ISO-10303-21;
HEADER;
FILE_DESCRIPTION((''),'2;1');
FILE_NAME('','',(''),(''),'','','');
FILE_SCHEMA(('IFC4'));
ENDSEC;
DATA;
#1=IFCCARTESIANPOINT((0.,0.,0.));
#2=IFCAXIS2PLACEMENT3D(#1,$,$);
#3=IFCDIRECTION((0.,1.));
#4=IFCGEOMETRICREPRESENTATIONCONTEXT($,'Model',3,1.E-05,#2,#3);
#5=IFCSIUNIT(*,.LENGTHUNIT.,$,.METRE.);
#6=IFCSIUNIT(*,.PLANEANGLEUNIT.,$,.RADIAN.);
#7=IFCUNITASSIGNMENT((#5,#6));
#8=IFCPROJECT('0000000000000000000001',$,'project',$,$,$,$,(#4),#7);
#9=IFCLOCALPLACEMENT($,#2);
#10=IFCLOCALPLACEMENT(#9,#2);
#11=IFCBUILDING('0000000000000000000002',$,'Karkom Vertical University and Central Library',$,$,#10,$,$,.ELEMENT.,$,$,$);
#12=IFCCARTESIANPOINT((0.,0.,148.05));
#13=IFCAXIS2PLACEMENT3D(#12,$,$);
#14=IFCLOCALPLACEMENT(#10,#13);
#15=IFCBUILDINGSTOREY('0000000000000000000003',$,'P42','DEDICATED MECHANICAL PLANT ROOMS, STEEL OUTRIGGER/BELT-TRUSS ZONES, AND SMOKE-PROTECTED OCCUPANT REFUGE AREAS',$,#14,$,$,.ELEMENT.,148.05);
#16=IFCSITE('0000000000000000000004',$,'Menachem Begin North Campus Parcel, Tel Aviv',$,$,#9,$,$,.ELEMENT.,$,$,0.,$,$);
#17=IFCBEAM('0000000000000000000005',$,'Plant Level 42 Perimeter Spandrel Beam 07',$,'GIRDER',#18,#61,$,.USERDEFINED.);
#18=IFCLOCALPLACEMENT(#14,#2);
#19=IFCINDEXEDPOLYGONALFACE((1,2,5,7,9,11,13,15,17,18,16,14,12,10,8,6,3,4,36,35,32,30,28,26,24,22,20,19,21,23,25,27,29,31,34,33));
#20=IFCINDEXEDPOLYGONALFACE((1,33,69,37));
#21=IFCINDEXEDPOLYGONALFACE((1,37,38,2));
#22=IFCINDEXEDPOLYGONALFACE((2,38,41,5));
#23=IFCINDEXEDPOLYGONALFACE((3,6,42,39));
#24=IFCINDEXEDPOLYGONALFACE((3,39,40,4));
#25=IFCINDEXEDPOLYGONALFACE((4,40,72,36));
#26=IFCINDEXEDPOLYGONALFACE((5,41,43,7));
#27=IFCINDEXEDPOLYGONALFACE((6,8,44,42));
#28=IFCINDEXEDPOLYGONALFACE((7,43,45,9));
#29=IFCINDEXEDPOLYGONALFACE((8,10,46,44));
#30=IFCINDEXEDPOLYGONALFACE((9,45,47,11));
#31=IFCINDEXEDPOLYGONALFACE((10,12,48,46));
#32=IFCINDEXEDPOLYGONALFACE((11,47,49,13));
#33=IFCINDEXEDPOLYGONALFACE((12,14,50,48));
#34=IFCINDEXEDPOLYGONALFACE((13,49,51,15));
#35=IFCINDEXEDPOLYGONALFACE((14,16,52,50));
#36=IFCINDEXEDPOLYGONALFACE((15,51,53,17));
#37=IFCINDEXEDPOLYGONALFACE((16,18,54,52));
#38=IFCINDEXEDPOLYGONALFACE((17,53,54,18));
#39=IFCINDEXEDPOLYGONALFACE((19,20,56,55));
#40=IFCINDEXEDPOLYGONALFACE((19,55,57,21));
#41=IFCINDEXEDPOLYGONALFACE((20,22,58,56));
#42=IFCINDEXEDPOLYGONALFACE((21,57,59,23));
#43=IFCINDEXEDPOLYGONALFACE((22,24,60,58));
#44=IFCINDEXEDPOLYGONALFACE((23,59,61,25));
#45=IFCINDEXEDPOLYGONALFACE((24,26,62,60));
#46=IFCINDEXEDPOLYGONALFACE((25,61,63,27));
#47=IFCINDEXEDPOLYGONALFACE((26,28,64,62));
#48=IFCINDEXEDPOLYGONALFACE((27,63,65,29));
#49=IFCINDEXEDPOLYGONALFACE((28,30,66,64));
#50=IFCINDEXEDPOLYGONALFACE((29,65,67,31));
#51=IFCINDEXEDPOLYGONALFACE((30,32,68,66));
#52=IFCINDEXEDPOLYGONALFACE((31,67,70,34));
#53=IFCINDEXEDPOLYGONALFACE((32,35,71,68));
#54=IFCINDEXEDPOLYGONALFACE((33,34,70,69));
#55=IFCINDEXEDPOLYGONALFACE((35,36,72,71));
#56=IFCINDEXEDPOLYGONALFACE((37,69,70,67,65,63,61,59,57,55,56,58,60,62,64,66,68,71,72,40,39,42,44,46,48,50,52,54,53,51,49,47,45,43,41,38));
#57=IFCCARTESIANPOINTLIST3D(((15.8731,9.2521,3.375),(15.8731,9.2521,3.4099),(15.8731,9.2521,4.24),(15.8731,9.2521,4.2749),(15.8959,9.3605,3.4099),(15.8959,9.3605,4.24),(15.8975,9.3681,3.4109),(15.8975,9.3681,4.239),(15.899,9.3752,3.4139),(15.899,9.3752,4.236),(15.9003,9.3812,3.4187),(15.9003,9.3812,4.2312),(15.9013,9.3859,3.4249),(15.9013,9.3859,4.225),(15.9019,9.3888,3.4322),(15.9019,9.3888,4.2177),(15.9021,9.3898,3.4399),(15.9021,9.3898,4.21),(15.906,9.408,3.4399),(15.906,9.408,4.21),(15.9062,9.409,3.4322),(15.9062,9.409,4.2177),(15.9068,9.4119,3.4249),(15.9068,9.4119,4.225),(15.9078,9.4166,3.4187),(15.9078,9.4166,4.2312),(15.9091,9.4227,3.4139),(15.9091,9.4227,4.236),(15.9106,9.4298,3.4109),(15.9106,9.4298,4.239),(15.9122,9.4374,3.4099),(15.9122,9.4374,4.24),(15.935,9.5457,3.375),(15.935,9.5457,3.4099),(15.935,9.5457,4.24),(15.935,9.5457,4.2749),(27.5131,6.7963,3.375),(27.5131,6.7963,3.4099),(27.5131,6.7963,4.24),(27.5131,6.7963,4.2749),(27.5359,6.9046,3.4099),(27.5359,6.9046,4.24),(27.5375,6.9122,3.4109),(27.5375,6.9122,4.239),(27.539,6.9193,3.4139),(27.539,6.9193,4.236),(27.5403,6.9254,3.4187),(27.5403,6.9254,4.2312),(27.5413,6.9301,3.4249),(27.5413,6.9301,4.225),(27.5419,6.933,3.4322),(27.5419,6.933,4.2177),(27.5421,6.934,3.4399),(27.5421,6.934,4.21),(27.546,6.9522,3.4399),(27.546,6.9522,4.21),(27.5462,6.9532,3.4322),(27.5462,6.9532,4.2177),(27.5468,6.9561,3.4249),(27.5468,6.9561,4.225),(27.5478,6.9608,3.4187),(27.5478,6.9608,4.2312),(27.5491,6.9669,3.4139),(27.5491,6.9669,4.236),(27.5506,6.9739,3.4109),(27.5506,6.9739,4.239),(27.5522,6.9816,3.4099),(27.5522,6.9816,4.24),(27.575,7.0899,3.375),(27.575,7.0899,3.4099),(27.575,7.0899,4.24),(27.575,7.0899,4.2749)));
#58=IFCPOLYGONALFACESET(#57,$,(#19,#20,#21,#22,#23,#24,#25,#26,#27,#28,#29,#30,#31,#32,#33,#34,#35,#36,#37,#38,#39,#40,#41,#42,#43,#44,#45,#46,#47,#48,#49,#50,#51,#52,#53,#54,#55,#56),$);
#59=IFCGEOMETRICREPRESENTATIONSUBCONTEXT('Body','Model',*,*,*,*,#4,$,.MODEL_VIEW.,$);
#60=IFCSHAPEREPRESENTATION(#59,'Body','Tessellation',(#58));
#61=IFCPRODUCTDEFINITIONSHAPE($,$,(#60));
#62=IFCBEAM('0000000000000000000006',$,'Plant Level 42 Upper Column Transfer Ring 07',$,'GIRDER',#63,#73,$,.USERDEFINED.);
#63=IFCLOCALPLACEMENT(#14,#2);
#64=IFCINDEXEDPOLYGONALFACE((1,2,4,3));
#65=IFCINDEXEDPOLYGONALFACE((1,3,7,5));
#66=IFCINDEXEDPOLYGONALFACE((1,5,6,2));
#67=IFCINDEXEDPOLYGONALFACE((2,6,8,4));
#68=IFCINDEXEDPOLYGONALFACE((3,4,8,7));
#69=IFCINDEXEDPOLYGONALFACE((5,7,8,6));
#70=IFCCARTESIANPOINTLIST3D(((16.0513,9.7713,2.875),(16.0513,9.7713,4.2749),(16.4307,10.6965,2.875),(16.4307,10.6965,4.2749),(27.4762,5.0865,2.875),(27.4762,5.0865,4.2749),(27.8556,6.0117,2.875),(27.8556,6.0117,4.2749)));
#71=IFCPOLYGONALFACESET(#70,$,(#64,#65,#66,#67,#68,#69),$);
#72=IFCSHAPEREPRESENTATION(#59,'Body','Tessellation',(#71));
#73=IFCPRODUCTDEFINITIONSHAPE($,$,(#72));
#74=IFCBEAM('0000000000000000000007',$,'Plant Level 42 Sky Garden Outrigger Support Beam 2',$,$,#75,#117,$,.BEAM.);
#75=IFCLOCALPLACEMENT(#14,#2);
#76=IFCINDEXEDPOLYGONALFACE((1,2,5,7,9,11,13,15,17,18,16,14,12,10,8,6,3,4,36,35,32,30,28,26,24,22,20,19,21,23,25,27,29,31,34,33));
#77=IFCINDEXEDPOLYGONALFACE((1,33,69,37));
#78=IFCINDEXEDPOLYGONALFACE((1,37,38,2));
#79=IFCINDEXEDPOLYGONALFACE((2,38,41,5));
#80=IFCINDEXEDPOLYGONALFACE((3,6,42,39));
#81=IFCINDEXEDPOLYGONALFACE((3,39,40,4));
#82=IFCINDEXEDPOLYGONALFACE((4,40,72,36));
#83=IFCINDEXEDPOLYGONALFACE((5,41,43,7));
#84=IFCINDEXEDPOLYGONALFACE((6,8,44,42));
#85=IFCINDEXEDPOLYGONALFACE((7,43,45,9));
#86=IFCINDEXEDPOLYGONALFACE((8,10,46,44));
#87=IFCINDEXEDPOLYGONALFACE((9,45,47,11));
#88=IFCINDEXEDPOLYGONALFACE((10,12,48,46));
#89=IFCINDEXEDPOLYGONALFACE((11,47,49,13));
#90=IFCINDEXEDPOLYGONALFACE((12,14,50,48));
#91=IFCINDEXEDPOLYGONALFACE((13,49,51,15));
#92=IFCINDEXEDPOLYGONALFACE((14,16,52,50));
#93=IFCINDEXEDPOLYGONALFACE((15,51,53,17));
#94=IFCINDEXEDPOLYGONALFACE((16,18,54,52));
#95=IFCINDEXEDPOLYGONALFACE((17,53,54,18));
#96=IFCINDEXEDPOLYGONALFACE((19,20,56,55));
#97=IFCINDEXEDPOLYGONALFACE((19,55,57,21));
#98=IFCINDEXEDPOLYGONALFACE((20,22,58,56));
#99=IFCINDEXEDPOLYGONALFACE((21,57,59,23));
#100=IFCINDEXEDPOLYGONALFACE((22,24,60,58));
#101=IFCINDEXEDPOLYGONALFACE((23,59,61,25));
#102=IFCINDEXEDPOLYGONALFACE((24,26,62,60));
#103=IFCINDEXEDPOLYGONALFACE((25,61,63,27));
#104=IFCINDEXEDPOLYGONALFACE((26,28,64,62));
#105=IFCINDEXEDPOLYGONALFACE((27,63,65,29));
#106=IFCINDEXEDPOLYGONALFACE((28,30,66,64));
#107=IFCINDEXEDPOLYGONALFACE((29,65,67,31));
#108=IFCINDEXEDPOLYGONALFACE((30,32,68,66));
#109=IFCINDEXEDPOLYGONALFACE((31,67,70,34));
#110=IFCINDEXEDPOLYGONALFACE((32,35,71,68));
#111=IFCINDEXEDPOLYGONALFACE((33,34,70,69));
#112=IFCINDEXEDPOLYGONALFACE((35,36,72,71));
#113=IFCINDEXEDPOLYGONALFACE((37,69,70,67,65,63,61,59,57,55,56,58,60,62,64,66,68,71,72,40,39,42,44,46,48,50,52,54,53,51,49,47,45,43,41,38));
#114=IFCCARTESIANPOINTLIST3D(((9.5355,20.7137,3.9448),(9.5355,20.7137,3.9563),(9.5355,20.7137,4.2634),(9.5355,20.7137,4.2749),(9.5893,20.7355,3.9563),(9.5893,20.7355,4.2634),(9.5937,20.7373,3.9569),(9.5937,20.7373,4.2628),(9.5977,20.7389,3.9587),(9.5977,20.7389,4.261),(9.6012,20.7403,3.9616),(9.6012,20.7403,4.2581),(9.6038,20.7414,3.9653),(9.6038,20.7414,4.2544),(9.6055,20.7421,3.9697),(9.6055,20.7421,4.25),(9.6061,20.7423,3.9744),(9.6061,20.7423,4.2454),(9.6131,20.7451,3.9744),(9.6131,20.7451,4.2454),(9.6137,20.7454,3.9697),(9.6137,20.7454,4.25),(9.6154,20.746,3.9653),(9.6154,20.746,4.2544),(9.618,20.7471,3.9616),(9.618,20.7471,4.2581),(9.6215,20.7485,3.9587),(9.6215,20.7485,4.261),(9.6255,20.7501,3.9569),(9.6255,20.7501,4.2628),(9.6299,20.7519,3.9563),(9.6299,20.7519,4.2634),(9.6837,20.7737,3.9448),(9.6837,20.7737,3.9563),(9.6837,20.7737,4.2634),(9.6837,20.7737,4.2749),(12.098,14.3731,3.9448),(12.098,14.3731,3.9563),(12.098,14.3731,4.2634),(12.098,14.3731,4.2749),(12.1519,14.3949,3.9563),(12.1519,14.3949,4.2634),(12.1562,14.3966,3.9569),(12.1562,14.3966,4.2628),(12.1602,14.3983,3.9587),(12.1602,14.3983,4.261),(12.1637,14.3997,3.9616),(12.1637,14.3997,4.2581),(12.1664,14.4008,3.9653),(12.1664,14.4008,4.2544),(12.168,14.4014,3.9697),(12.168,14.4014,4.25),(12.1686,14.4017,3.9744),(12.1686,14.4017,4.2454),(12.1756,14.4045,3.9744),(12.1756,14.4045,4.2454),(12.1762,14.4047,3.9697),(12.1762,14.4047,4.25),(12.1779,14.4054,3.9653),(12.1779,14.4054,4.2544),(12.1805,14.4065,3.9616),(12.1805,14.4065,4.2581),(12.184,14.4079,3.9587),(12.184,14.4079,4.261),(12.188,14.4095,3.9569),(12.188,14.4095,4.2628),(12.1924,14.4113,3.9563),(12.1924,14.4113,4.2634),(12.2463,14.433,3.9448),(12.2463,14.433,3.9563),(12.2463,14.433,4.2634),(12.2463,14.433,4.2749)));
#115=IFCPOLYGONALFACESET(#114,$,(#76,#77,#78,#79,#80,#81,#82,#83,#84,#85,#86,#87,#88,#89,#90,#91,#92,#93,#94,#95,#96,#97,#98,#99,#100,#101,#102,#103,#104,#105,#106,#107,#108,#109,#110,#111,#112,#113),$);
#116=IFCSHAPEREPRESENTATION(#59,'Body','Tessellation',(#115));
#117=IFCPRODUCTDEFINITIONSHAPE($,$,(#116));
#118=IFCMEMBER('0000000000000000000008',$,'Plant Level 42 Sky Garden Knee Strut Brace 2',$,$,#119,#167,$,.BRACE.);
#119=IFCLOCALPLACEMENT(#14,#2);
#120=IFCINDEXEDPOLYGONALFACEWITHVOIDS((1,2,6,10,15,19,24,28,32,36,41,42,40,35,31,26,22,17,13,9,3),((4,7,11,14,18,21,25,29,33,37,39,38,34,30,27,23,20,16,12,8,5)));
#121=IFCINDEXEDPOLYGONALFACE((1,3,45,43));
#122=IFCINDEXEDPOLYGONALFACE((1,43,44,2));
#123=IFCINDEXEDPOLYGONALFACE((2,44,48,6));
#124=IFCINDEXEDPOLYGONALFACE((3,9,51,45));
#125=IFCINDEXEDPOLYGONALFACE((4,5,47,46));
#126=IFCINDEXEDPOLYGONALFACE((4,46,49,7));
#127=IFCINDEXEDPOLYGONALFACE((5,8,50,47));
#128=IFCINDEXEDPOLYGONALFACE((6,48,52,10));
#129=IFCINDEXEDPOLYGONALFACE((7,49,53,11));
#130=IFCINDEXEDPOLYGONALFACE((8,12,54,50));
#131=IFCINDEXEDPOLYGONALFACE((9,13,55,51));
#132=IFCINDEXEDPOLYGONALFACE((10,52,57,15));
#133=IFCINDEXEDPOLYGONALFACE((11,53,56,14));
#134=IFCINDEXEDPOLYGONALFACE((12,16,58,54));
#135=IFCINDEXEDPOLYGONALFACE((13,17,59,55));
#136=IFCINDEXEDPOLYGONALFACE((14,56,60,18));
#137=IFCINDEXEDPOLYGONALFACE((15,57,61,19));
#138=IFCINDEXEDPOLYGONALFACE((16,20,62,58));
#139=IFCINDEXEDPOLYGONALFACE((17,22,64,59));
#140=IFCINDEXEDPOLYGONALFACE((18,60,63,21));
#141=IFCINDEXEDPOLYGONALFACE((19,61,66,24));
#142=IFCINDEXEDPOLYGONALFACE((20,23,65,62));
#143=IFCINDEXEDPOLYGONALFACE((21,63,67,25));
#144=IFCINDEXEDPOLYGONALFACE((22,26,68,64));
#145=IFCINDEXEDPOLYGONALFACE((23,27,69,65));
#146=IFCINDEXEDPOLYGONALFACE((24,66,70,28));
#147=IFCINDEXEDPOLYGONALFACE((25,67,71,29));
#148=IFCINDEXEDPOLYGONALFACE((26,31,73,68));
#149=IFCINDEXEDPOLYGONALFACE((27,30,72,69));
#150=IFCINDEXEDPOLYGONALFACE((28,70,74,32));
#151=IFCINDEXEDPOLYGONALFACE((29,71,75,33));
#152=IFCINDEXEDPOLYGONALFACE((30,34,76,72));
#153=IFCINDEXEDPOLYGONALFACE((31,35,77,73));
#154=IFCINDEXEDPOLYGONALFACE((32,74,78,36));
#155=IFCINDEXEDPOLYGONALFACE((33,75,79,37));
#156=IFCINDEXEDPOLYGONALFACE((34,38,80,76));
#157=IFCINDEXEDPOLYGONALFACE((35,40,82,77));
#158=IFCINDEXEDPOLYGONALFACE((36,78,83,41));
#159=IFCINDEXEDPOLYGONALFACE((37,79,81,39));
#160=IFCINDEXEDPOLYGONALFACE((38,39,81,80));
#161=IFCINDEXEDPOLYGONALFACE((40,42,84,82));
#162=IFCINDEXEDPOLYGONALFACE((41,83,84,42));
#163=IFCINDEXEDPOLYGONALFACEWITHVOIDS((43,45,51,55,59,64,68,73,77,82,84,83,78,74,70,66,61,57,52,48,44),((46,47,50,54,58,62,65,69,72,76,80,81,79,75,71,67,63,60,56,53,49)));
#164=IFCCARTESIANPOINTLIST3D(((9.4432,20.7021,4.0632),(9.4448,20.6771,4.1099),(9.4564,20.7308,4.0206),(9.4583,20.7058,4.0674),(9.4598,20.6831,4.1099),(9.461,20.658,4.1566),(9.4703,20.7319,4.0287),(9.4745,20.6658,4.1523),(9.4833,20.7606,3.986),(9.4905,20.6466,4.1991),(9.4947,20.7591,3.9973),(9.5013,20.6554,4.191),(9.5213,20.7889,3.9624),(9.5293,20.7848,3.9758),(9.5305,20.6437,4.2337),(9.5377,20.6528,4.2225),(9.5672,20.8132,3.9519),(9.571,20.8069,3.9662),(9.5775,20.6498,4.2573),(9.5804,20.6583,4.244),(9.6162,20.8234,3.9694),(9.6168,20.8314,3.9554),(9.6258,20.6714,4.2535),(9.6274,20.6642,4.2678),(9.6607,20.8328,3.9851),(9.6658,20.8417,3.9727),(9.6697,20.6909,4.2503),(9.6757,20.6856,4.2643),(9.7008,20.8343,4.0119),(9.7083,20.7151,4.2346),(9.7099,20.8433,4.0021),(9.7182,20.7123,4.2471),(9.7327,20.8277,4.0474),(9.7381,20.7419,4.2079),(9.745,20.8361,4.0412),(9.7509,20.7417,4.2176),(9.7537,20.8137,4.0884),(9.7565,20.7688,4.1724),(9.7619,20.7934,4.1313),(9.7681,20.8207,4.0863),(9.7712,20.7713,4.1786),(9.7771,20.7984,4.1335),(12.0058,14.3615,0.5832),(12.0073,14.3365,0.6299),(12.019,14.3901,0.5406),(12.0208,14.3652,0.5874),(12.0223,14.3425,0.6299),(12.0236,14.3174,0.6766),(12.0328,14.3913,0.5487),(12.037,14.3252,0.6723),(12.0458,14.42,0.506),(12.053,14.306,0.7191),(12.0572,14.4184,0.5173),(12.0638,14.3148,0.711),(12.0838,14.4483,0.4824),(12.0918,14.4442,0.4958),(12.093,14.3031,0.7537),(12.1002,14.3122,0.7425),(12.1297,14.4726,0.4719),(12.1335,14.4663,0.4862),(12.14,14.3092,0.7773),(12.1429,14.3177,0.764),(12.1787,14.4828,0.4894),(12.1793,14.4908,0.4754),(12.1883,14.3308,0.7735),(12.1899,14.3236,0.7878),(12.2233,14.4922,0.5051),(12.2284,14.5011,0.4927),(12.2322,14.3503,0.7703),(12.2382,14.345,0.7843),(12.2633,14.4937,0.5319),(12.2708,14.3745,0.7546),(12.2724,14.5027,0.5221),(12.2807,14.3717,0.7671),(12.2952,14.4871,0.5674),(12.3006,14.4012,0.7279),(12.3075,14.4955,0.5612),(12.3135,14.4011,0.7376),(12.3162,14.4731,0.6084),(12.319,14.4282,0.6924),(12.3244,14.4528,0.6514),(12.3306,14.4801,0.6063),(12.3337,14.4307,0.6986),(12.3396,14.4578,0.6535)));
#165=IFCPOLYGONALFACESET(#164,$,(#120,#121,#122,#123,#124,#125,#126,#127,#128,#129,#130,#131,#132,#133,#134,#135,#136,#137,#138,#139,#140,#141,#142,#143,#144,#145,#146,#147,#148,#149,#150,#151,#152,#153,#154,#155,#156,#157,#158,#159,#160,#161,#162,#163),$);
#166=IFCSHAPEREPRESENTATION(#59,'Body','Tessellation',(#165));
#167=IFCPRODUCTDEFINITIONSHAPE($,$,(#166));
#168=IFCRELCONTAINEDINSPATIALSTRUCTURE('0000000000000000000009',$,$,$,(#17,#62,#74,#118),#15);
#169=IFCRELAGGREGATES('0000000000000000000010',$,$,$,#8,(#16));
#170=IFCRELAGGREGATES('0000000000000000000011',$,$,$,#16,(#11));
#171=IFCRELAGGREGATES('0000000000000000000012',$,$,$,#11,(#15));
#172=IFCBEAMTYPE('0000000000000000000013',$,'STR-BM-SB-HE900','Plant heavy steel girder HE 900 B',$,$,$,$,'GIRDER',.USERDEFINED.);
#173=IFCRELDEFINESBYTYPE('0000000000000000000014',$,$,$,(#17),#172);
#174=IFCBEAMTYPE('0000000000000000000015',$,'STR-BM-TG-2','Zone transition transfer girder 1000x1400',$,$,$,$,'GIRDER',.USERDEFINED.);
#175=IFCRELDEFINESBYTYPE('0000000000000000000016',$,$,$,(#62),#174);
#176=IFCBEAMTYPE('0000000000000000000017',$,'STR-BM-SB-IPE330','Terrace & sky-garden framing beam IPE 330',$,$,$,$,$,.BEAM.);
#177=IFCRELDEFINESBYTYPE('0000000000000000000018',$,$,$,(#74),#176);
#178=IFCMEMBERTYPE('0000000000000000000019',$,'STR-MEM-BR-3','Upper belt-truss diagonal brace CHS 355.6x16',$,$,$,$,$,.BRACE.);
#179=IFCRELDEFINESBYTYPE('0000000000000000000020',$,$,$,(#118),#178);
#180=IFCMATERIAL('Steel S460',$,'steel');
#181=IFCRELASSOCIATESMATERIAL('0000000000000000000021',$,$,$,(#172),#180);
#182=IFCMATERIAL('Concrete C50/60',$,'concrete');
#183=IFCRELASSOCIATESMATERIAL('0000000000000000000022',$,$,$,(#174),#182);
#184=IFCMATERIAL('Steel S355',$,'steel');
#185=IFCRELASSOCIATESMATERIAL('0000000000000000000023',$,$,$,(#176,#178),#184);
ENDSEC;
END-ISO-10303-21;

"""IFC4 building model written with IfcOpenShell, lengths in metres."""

from ifc_helpers import new_model, si_unit, direction, frame, origin, origin_with_axes, origin_2d, place, context, subcontext, project, spatial, rectangle, hollow_circle, i_section, extrude, source, transform, mapped, material, material_profile, profile_set, type_object, element, save


model = new_model("IFC4")

# Units and contexts
model_context = context("Model", 3, precision=1e-05, world=origin(), true_north=direction((0.0, 1.0)))
body_context = subcontext(model_context, "Body", "Model", "MODEL_VIEW")
ifc_project = project(units=[si_unit("LENGTHUNIT", "METRE"), si_unit("PLANEANGLEUNIT", "RADIAN")], contexts=[model_context])

# Site, building, storey
site_placement = place(None, origin())
site = spatial("IfcSite", under=ifc_project, at=site_placement, Name="Menachem Begin North Campus Parcel, Tel Aviv", CompositionType="ELEMENT", RefElevation=0.0)
building_placement = place(site_placement, origin())
building = spatial("IfcBuilding", under=site, at=building_placement, Name="Karkom Vertical University and Central Library", CompositionType="ELEMENT")
storey_placement = place(building_placement, frame((0.0, 0.0, 148.05)))
storey = spatial("IfcBuildingStorey", under=building, at=storey_placement, Name="P42", Description="DEDICATED MECHANICAL PLANT ROOMS, STEEL OUTRIGGER/BELT-TRUSS ZONES, AND SMOKE-PROTECTED OCCUPANT REFUGE AREAS", CompositionType="ELEMENT", Elevation=148.05)

# Shared definitions
ifc_material_1 = material(Name="Concrete C50/60", Category="concrete")

# Shared definitions
ifc_material_2 = material(Name="Steel S355", Category="steel")

# Beams
ifc_material_3 = material(Name="Steel S460", Category="steel")
ifc_material_profile_1 = material_profile(ifc_material_3, i_section(OverallWidth=0.3, OverallDepth=0.8999, WebThickness=0.0186, FlangeThickness=0.0349, FilletRadius=0.03, at=origin_2d()), Name="HE 900 B")
ifc_profile_set_1 = profile_set([ifc_material_profile_1], Name="Steel S460")
beam_type_1 = type_object("IfcBeamType", Name="STR-BM-SB-HE900", Description="Plant heavy steel girder HE 900 B", ElementType="GIRDER", PredefinedType="USERDEFINED", material=ifc_profile_set_1)
shared_shape_1 = source(origin_with_axes(), body_context, "Body", "SweptSolid", [
    extrude(i_section(OverallWidth=0.3, OverallDepth=0.8999, WebThickness=0.0186, FlangeThickness=0.0349, FilletRadius=0.03, at=origin_2d()), origin(), (0.0, 0.0, 1.0), 11.8962),
])
beam_1_placement = place(storey_placement, frame((15.9041, 9.3989, 3.825), z_axis=(0.97846, -0.206438, 0.0), x_axis=(0.206438, 0.97846, 0.0)))
element("IfcBeam", 1, at=beam_1_placement, inside=storey, type_object=beam_type_1, Name="Plant Level 42 Perimeter Spandrel Beam 07", ObjectType="GIRDER", PredefinedType="USERDEFINED", context=body_context, shape_type="MappedRepresentation", body=[
    mapped(shared_shape_1, transform((0.0, 0.0, 0.0), scale=1.0)),
])
ifc_material_profile_2 = material_profile(ifc_material_1, rectangle(XDim=1.0, YDim=1.3999, at=origin_2d()), Name="TG-1000x1400")
ifc_profile_set_2 = profile_set([ifc_material_profile_2], Name="Concrete C50/60")
beam_type_2 = type_object("IfcBeamType", Name="STR-BM-TG-2", Description="Zone transition transfer girder 1000x1400", ElementType="GIRDER", PredefinedType="USERDEFINED", material=ifc_profile_set_2)
shared_shape_2 = source(origin_with_axes(), body_context, "Body", "SweptSolid", [
    extrude(rectangle(XDim=1.0, YDim=1.3999, at=origin_2d()), origin(), (0.0, 0.0, 1.0), 12.3481),
])
beam_2_placement = place(storey_placement, frame((16.241, 10.2339, 3.575), z_axis=(0.925236, -0.379391, 0.0), x_axis=(0.379391, 0.925236, 0.0)))
element("IfcBeam", 2, at=beam_2_placement, inside=storey, type_object=beam_type_2, Name="Plant Level 42 Upper Column Transfer Ring 07", ObjectType="GIRDER", PredefinedType="USERDEFINED", context=body_context, shape_type="MappedRepresentation", body=[
    mapped(shared_shape_2, transform((0.0, 0.0, 0.0), scale=1.0)),
])
ifc_material_profile_3 = material_profile(ifc_material_2, i_section(OverallWidth=0.1599, OverallDepth=0.3301, WebThickness=0.0076, FlangeThickness=0.0115, FilletRadius=0.0181, at=origin_2d()), Name="IPE 330")
ifc_profile_set_3 = profile_set([ifc_material_profile_3], Name="Steel S355")
beam_type_3 = type_object("IfcBeamType", Name="STR-BM-SB-IPE330", Description="Terrace & sky-garden framing beam IPE 330", PredefinedType="BEAM", material=ifc_profile_set_3)
shared_shape_3 = source(origin_with_axes(), body_context, "Body", "SweptSolid", [
    extrude(i_section(OverallWidth=0.1599, OverallDepth=0.3301, WebThickness=0.0076, FlangeThickness=0.0115, FilletRadius=0.0181, at=origin_2d()), origin(), (0.0, 0.0, 1.0), 6.8389),
])
beam_3_placement = place(storey_placement, frame((12.1721, 14.4031, 4.1099), z_axis=(-0.3747, 0.927146, 0.0), x_axis=(-0.927146, -0.3747, 0.0)))
element("IfcBeam", 3, at=beam_3_placement, inside=storey, type_object=beam_type_3, Name="Plant Level 42 Sky Garden Outrigger Support Beam 2", PredefinedType="BEAM", context=body_context, shape_type="MappedRepresentation", body=[
    mapped(shared_shape_3, transform((0.0, 0.0, 0.0), scale=1.0)),
])

# Member
ifc_material_profile_4 = material_profile(ifc_material_2, hollow_circle(Radius=0.1777, WallThickness=0.0161, at=origin_2d()), Name="CHS 355.6x16")
ifc_profile_set_4 = profile_set([ifc_material_profile_4], Name="Steel S355")
member_type_1 = type_object("IfcMemberType", Name="STR-MEM-BR-3", Description="Upper belt-truss diagonal brace CHS 355.6x16", PredefinedType="BRACE", material=ifc_profile_set_4)
shared_shape_4 = source(origin_with_axes(), body_context, "Body", "SweptSolid", [
    extrude(hollow_circle(Radius=0.1777, WallThickness=0.0161, at=origin_2d()), origin(), (0.0, 0.0, 1.0), 7.6733),
])
member_1_placement = place(storey_placement, frame((12.1721, 14.4031, 0.6299), z_axis=(-0.33395, 0.826316, 0.453518), x_axis=(-0.927146, -0.3747, 0.0)))
element("IfcMember", 4, at=member_1_placement, inside=storey, type_object=member_type_1, Name="Plant Level 42 Sky Garden Knee Strut Brace 2", PredefinedType="BRACE", context=body_context, shape_type="MappedRepresentation", body=[
    mapped(shared_shape_4, transform((0.0, 0.0, 0.0), scale=1.0)),
])

save(model, "model.ifc")
